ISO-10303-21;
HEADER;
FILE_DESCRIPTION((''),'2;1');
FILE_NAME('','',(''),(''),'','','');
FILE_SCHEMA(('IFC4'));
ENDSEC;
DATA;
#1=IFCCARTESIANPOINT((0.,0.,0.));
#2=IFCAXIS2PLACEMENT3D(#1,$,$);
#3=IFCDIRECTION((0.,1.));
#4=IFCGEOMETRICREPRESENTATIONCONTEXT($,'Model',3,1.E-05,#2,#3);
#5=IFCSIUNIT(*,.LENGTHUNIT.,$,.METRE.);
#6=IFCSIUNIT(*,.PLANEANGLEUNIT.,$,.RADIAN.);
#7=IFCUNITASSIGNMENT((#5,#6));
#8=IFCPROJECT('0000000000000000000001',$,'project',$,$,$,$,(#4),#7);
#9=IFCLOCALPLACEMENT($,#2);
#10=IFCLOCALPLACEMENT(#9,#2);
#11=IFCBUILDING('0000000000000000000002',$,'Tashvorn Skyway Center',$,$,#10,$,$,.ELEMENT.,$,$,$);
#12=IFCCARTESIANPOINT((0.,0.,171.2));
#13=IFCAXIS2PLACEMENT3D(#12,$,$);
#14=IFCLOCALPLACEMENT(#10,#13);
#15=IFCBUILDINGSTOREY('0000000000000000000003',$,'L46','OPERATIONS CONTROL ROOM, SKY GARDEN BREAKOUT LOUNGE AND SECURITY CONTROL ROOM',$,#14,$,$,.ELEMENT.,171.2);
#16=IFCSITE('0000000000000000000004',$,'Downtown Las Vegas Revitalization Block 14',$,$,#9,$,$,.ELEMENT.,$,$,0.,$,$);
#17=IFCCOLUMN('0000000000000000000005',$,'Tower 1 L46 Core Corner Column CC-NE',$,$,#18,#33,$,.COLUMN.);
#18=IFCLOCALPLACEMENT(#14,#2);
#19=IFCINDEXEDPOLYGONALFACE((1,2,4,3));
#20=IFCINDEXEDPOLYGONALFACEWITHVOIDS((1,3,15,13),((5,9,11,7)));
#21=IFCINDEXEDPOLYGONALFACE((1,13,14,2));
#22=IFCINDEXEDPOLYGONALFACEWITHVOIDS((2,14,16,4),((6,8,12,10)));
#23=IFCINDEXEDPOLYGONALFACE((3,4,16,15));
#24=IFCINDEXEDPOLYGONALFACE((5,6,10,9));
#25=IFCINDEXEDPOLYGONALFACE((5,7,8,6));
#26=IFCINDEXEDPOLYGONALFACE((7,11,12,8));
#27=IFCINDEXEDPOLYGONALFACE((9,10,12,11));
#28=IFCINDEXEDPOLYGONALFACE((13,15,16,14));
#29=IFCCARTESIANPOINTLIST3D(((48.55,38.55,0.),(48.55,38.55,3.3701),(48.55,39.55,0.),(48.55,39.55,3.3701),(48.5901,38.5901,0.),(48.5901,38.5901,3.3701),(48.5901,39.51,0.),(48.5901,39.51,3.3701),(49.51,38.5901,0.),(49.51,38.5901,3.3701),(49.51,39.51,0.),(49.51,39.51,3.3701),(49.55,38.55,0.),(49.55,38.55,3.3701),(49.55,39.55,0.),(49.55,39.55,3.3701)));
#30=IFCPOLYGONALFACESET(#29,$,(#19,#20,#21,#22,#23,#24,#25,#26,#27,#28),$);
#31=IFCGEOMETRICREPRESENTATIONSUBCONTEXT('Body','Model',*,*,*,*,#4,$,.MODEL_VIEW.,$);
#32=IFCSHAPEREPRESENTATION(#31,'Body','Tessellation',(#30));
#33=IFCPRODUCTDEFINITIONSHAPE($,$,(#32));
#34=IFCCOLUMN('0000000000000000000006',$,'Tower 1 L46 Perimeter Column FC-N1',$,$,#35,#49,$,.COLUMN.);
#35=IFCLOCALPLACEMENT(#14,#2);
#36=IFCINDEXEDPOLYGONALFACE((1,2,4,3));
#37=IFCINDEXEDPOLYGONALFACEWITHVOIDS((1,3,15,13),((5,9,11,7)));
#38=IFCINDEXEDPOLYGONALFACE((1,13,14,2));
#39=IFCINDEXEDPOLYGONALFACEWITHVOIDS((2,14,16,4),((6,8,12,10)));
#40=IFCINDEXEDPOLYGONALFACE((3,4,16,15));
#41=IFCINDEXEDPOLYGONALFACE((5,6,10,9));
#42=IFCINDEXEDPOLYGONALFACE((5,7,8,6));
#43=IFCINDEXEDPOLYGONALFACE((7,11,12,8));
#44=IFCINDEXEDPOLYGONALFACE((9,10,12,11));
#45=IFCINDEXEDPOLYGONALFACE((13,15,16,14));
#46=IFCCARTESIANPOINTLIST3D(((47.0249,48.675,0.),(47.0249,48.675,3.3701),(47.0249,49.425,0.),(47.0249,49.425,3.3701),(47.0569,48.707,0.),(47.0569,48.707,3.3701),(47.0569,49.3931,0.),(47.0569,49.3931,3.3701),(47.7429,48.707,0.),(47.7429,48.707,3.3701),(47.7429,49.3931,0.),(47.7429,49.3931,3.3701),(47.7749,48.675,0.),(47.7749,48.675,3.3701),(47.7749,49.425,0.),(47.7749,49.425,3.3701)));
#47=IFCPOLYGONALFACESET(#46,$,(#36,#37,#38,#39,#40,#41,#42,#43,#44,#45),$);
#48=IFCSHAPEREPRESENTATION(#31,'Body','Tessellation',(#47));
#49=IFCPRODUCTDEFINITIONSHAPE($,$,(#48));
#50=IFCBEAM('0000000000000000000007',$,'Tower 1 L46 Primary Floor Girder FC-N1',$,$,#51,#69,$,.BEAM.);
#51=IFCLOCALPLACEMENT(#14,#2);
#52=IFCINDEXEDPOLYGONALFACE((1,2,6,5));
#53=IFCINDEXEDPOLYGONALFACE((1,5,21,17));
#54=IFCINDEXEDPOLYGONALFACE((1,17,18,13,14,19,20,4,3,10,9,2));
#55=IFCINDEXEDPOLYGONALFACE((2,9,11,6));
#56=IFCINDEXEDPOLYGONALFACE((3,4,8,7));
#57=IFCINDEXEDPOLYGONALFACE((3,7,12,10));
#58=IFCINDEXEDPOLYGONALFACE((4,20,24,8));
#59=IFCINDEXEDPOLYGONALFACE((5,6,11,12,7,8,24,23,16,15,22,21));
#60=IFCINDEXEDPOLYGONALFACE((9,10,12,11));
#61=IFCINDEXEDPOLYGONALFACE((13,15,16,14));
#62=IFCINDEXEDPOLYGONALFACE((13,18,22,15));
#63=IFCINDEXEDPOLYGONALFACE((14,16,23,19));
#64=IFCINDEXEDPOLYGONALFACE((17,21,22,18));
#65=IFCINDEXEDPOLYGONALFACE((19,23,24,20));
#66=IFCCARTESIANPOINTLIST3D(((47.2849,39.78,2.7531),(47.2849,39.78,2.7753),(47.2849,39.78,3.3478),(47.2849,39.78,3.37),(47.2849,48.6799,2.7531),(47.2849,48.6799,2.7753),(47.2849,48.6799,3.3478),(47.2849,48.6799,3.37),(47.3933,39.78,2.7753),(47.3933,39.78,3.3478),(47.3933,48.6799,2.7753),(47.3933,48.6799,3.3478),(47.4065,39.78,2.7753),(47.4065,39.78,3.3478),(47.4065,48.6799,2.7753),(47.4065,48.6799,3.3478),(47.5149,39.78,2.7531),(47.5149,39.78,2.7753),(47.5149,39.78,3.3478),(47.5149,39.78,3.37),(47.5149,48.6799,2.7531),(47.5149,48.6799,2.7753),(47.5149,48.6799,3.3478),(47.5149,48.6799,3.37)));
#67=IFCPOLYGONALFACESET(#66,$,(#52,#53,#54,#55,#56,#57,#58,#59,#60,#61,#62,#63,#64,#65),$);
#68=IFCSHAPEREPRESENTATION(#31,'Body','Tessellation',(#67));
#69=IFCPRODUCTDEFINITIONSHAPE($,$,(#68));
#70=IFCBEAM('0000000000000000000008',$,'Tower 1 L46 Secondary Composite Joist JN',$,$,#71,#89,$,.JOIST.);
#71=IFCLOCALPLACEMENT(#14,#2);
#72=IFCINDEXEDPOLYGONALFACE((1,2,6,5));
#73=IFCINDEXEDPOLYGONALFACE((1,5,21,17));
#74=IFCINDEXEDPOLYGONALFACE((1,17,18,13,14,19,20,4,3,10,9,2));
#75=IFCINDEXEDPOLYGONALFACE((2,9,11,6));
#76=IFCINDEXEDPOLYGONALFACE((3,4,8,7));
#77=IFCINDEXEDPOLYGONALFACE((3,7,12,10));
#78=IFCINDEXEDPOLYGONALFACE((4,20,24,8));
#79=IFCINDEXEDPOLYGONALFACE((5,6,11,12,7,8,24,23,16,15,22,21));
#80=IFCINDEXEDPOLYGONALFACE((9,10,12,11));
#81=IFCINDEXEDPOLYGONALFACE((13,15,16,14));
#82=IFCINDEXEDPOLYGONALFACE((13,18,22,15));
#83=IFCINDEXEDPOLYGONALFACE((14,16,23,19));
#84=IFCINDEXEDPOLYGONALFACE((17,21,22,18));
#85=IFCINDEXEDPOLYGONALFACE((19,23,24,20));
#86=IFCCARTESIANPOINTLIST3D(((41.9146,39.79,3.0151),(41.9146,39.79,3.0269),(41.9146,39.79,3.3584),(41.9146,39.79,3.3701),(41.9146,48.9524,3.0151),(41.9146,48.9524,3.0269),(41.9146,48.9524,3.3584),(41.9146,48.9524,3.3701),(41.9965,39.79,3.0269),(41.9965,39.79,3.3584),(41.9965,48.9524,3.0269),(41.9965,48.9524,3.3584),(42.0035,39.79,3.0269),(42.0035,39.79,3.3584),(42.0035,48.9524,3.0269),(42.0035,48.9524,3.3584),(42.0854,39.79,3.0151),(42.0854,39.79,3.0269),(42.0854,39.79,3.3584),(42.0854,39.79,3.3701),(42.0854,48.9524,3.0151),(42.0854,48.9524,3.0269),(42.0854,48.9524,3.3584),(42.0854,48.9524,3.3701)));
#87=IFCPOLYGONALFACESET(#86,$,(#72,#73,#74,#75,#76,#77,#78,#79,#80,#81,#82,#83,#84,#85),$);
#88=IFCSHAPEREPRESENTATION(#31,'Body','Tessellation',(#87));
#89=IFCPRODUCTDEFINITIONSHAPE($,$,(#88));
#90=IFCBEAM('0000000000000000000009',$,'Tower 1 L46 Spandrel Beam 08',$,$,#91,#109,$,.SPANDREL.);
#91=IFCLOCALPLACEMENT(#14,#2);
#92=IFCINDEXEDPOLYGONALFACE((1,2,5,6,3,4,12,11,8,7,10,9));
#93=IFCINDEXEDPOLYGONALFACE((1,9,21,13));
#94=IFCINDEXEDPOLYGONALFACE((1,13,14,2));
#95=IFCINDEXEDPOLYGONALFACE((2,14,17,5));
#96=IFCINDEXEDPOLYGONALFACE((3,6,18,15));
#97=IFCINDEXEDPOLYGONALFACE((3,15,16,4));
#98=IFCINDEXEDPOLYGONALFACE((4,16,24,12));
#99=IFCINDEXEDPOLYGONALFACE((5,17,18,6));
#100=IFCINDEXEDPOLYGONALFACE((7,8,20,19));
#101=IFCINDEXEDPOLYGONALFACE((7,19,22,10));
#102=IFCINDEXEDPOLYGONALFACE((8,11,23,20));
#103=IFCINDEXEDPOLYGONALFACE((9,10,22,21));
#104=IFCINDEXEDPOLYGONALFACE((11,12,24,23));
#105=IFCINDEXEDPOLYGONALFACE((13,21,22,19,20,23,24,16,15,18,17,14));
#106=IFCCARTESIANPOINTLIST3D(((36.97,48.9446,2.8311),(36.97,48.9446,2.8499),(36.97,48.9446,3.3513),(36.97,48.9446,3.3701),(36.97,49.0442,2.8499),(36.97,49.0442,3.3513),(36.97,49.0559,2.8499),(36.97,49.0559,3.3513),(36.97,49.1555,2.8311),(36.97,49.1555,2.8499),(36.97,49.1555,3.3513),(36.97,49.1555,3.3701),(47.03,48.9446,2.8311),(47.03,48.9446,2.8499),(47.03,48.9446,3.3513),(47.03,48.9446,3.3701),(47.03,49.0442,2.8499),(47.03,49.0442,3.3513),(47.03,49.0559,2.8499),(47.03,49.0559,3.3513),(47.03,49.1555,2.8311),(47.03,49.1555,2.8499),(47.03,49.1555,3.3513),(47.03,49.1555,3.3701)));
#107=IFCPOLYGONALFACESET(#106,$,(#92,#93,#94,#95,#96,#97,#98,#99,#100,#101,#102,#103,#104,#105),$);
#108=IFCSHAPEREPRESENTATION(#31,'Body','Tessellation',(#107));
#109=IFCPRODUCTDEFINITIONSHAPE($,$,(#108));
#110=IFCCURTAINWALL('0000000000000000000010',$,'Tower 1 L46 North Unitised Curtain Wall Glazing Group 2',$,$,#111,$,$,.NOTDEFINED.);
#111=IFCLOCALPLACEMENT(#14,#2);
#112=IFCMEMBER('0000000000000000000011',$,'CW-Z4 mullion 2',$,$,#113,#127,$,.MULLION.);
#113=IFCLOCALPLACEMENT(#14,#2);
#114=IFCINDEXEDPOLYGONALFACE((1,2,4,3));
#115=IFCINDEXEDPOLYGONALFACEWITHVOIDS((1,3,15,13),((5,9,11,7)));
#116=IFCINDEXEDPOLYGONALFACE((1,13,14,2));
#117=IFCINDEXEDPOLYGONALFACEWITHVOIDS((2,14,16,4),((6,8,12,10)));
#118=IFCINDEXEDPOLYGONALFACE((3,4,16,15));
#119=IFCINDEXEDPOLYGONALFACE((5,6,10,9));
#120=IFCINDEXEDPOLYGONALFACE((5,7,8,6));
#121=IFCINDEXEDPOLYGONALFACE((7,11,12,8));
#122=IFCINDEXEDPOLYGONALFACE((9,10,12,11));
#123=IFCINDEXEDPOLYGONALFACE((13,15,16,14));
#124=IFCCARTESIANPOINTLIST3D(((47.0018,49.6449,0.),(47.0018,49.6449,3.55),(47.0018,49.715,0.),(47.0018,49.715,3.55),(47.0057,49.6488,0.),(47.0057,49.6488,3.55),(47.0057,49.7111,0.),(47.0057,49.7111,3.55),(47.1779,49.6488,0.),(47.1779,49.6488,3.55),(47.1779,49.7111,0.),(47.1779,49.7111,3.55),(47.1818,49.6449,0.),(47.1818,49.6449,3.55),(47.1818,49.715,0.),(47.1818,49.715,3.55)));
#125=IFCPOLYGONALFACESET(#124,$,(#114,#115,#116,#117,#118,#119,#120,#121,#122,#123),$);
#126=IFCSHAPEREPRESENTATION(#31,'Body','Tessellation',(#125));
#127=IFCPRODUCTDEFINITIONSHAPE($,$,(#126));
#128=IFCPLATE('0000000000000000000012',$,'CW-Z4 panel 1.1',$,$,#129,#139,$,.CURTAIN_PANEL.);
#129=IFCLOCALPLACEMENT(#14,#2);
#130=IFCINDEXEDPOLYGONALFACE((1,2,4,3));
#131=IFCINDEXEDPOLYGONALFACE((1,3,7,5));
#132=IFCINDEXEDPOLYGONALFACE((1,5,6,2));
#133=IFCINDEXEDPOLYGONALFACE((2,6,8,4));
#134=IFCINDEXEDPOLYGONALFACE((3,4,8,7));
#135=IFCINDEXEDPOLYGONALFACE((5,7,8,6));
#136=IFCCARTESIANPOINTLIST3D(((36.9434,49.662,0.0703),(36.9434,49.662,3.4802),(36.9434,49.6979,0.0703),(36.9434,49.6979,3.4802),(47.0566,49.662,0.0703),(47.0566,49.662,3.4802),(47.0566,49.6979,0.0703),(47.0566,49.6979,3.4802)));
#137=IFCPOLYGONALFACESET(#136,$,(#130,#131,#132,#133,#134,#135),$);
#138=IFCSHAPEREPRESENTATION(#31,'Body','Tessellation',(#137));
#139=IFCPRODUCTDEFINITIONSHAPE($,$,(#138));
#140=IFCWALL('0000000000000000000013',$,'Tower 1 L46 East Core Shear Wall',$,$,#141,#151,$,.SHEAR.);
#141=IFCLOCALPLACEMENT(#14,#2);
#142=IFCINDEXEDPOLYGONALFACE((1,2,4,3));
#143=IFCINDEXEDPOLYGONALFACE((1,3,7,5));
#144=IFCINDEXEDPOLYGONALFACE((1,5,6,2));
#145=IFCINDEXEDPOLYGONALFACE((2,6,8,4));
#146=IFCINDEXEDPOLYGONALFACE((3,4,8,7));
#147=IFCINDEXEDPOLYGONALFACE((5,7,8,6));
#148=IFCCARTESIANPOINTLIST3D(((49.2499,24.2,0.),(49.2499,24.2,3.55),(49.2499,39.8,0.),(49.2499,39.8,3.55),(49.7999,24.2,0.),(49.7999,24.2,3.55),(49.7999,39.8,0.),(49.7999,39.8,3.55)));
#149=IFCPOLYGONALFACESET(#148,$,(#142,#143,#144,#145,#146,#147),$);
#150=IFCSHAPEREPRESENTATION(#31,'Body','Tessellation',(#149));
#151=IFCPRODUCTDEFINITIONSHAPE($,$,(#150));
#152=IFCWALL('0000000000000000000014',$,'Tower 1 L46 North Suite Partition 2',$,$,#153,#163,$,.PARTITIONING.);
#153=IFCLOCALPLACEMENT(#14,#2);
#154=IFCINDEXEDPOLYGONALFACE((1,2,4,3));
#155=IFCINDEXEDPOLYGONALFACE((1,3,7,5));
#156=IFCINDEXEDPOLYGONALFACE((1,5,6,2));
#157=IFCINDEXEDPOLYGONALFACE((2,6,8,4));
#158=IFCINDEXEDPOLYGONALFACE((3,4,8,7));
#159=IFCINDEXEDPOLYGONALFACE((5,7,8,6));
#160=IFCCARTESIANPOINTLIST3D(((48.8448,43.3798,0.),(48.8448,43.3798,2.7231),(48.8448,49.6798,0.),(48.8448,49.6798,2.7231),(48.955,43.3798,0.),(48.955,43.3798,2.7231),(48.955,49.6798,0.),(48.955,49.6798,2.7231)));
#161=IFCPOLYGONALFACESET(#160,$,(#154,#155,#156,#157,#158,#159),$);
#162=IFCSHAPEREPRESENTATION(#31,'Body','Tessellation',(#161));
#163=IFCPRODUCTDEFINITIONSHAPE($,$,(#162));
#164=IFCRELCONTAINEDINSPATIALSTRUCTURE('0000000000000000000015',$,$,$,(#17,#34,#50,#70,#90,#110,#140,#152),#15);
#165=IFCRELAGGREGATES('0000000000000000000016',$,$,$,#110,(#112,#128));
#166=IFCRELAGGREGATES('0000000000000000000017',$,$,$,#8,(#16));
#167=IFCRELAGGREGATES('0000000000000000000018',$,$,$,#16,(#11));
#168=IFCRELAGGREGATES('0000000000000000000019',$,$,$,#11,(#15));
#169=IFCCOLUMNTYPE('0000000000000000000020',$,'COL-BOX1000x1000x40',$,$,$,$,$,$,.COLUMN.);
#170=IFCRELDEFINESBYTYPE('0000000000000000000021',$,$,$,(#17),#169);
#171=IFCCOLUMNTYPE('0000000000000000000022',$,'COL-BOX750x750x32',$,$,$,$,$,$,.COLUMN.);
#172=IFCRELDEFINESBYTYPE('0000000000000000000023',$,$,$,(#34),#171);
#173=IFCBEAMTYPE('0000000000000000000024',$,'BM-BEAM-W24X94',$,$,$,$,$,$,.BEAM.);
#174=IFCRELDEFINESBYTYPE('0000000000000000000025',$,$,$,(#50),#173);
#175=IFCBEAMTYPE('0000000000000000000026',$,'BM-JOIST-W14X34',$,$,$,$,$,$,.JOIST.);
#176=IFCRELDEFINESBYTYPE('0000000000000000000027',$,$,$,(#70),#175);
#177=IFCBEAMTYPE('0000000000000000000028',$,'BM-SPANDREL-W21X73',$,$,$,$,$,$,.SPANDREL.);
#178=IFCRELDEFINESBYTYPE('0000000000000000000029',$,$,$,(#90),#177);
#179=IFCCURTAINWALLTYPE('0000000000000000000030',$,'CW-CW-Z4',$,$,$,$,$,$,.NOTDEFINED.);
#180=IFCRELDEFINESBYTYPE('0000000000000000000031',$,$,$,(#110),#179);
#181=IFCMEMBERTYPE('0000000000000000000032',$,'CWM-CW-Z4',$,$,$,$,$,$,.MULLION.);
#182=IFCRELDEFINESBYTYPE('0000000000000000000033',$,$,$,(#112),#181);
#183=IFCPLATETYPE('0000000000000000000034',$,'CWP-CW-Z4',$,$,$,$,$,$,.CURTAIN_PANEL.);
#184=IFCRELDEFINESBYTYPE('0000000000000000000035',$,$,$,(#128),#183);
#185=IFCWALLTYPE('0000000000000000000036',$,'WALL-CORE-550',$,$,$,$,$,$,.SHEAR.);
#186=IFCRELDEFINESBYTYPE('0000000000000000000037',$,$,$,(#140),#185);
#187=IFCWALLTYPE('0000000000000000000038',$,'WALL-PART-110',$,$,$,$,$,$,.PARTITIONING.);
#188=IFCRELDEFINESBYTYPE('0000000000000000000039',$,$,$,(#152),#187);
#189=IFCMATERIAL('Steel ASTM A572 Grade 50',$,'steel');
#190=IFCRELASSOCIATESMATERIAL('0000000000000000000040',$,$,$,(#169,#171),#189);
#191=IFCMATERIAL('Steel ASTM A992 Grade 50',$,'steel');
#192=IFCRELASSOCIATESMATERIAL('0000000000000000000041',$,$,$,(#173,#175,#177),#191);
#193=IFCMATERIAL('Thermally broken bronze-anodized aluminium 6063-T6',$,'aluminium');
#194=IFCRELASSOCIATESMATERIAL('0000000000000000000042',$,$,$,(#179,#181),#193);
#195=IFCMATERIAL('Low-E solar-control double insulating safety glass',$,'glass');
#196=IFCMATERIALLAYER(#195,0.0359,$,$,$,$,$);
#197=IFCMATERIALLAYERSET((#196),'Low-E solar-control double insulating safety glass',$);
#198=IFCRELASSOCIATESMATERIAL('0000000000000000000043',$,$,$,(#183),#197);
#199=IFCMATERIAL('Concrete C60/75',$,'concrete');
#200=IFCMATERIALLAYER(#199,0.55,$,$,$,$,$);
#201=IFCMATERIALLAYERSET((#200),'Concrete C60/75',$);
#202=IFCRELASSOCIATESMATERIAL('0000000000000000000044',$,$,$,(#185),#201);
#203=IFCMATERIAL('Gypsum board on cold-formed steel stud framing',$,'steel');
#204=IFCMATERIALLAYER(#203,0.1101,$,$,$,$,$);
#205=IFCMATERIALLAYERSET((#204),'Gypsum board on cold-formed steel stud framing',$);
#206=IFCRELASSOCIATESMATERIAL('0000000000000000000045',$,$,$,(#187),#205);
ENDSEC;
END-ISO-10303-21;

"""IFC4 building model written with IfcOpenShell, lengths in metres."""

from ifc_helpers import new_model, si_unit, direction, frame, frame_2d, origin, origin_2d, place, context, subcontext, project, spatial, rectangle, hollow_rectangle, i_section, extrude, material, layer, layer_set, material_profile, profile_set, type_object, element, aggregate, save


model = new_model("IFC4")

# Units and contexts
model_context = context("Model", 3, precision=1e-05, world=origin(), true_north=direction((0.0, 1.0)))
body_context = subcontext(model_context, "Body", "Model", "MODEL_VIEW")
ifc_project = project(units=[si_unit("LENGTHUNIT", "METRE"), si_unit("PLANEANGLEUNIT", "RADIAN")], contexts=[model_context])

# Site, building, storey
site_placement = place(None, origin())
site = spatial("IfcSite", under=ifc_project, at=site_placement, Name="Downtown Las Vegas Revitalization Block 14", CompositionType="ELEMENT", RefElevation=0.0)
building_placement = place(site_placement, origin())
building = spatial("IfcBuilding", under=site, at=building_placement, Name="Tashvorn Skyway Center", CompositionType="ELEMENT")
storey_placement = place(building_placement, frame((0.0, 0.0, 171.2)))
storey = spatial("IfcBuildingStorey", under=building, at=storey_placement, Name="L46", Description="OPERATIONS CONTROL ROOM, SKY GARDEN BREAKOUT LOUNGE AND SECURITY CONTROL ROOM", CompositionType="ELEMENT", Elevation=171.2)

# Columns
ifc_material_1 = material(Name="Steel ASTM A572 Grade 50", Category="steel")
ifc_material_profile_1 = material_profile(ifc_material_1, hollow_rectangle(XDim=1.0, YDim=1.0, WallThickness=0.04, at=origin_2d()), Name="BOX1000x1000x40")
ifc_profile_set_1 = profile_set([ifc_material_profile_1], Name="Steel ASTM A572 Grade 50")
column_type_1 = type_object("IfcColumnType", Name="COL-BOX1000x1000x40", PredefinedType="COLUMN", material=ifc_profile_set_1)
column_1_placement = place(storey_placement, frame((49.05, 39.05, 0.0), z_axis=(0.0, 0.0, 1.0), x_axis=(1.0, 0.0, 0.0)))
element("IfcColumn", 1, at=column_1_placement, inside=storey, type_object=column_type_1, Name="Tower 1 L46 Core Corner Column CC-NE", PredefinedType="COLUMN", context=body_context, shape_type="SweptSolid", body=[
    extrude(hollow_rectangle(XDim=1.0, YDim=1.0, WallThickness=0.04, at=origin_2d()), origin(), (0.0, 0.0, 1.0), 3.3701),
])
ifc_material_profile_2 = material_profile(ifc_material_1, hollow_rectangle(XDim=0.75, YDim=0.75, WallThickness=0.032, at=origin_2d()), Name="BOX750x750x32")
ifc_profile_set_2 = profile_set([ifc_material_profile_2], Name="Steel ASTM A572 Grade 50")
column_type_2 = type_object("IfcColumnType", Name="COL-BOX750x750x32", PredefinedType="COLUMN", material=ifc_profile_set_2)
column_2_placement = place(storey_placement, frame((47.3999, 49.05, 0.0), z_axis=(0.0, 0.0, 1.0), x_axis=(1.0, 0.0, 0.0)))
element("IfcColumn", 2, at=column_2_placement, inside=storey, type_object=column_type_2, Name="Tower 1 L46 Perimeter Column FC-N1", PredefinedType="COLUMN", context=body_context, shape_type="SweptSolid", body=[
    extrude(hollow_rectangle(XDim=0.75, YDim=0.75, WallThickness=0.032, at=origin_2d()), origin(), (0.0, 0.0, 1.0), 3.3701),
])

# Beams
ifc_material_2 = material(Name="Steel ASTM A992 Grade 50", Category="steel")
ifc_material_profile_3 = material_profile(ifc_material_2, i_section(OverallWidth=0.23, OverallDepth=0.6169, WebThickness=0.0132, FlangeThickness=0.0222, at=origin_2d()), Name="W24X94")
ifc_profile_set_3 = profile_set([ifc_material_profile_3], Name="Steel ASTM A992 Grade 50")
beam_type_1 = type_object("IfcBeamType", Name="BM-BEAM-W24X94", PredefinedType="BEAM", material=ifc_profile_set_3)
beam_1_placement = place(storey_placement, frame((47.3999, 48.6799, 3.0615), z_axis=(0.0, -1.0, 0.0), x_axis=(1.0, 0.0, 0.0)))
element("IfcBeam", 3, at=beam_1_placement, inside=storey, type_object=beam_type_1, Name="Tower 1 L46 Primary Floor Girder FC-N1", PredefinedType="BEAM", context=body_context, shape_type="SweptSolid", body=[
    extrude(i_section(OverallWidth=0.23, OverallDepth=0.6169, WebThickness=0.0132, FlangeThickness=0.0222, at=origin_2d()), origin(), (0.0, 0.0, 1.0), 8.8999),
])
ifc_material_profile_4 = material_profile(ifc_material_2, i_section(OverallWidth=0.1709, OverallDepth=0.355, WebThickness=0.0071, FlangeThickness=0.0117, at=origin_2d()), Name="W14X34")
ifc_profile_set_4 = profile_set([ifc_material_profile_4], Name="Steel ASTM A992 Grade 50")
beam_type_2 = type_object("IfcBeamType", Name="BM-JOIST-W14X34", PredefinedType="JOIST", material=ifc_profile_set_4)
beam_2_placement = place(storey_placement, frame((42.0, 39.79, 3.1926), z_axis=(0.0, 1.0, 0.0), x_axis=(-1.0, 0.0, 0.0)))
element("IfcBeam", 4, at=beam_2_placement, inside=storey, type_object=beam_type_2, Name="Tower 1 L46 Secondary Composite Joist JN", PredefinedType="JOIST", context=body_context, shape_type="SweptSolid", body=[
    extrude(i_section(OverallWidth=0.1709, OverallDepth=0.355, WebThickness=0.0071, FlangeThickness=0.0117, at=origin_2d()), origin(), (0.0, 0.0, 1.0), 9.1624),
])
ifc_material_profile_5 = material_profile(ifc_material_2, i_section(OverallWidth=0.2109, OverallDepth=0.5391, WebThickness=0.0117, FlangeThickness=0.0188, at=origin_2d()), Name="W21X73")
ifc_profile_set_5 = profile_set([ifc_material_profile_5], Name="Steel ASTM A992 Grade 50")
beam_type_3 = type_object("IfcBeamType", Name="BM-SPANDREL-W21X73", PredefinedType="SPANDREL", material=ifc_profile_set_5)
beam_3_placement = place(storey_placement, frame((47.03, 49.05, 3.1006), z_axis=(-1.0, 0.0, 0.0), x_axis=(0.0, -1.0, 0.0)))
element("IfcBeam", 5, at=beam_3_placement, inside=storey, type_object=beam_type_3, Name="Tower 1 L46 Spandrel Beam 08", PredefinedType="SPANDREL", context=body_context, shape_type="SweptSolid", body=[
    extrude(i_section(OverallWidth=0.2109, OverallDepth=0.5391, WebThickness=0.0117, FlangeThickness=0.0188, at=origin_2d()), origin(), (0.0, 0.0, 1.0), 10.0601),
])

# Curtain wall, member, plate
ifc_material_3 = material(Name="Thermally broken bronze-anodized aluminium 6063-T6", Category="aluminium")
curtain_wall_type = type_object("IfcCurtainWallType", Name="CW-CW-Z4", PredefinedType="NOTDEFINED", material=ifc_material_3)
curtain_wall_placement = place(storey_placement, origin())
curtain_wall = element("IfcCurtainWall", 6, at=curtain_wall_placement, inside=storey, type_object=curtain_wall_type, Name="Tower 1 L46 North Unitised Curtain Wall Glazing Group 2", PredefinedType="NOTDEFINED")
ifc_material_profile_6 = material_profile(ifc_material_3, hollow_rectangle(XDim=0.0701, YDim=0.1799, WallThickness=0.0039, at=origin_2d()), Name="ALU-MULL-70x180")
ifc_profile_set_6 = profile_set([ifc_material_profile_6], Name="Thermally broken bronze-anodized aluminium 6063-T6")
member_type = type_object("IfcMemberType", Name="CWM-CW-Z4", PredefinedType="MULLION", material=ifc_profile_set_6)
member_placement = place(storey_placement, frame((47.0918, 49.6799, 0.0), z_axis=(0.0, 0.0, 1.0), x_axis=(0.0, 1.0, 0.0)))
member = element("IfcMember", 7, at=member_placement, type_object=member_type, Name="CW-Z4 mullion 2", PredefinedType="MULLION", context=body_context, shape_type="SweptSolid", body=[
    extrude(hollow_rectangle(XDim=0.0701, YDim=0.1799, WallThickness=0.0039, at=origin_2d()), origin(), (0.0, 0.0, 1.0), 3.55),
])
ifc_material_4 = material(Name="Low-E solar-control double insulating safety glass", Category="glass")
ifc_layer_1 = layer(ifc_material_4, 0.0359)
ifc_layer_set_1 = layer_set([ifc_layer_1], Name="Low-E solar-control double insulating safety glass")
plate_type = type_object("IfcPlateType", Name="CWP-CW-Z4", PredefinedType="CURTAIN_PANEL", material=ifc_layer_set_1)
plate_placement = place(storey_placement, frame((42.0, 49.6799, 0.0703), z_axis=(0.0, 0.0, 1.0), x_axis=(1.0, 0.0, 0.0)))
plate = element("IfcPlate", 8, at=plate_placement, type_object=plate_type, Name="CW-Z4 panel 1.1", PredefinedType="CURTAIN_PANEL", context=body_context, shape_type="SweptSolid", body=[
    extrude(rectangle(XDim=10.1133, YDim=0.0359, at=origin_2d()), origin(), (0.0, 0.0, 1.0), 3.4099),
])
aggregate(curtain_wall, [member, plate])

# Walls
ifc_material_5 = material(Name="Concrete C60/75", Category="concrete")
ifc_layer_2 = layer(ifc_material_5, 0.55)
ifc_layer_set_2 = layer_set([ifc_layer_2], Name="Concrete C60/75")
wall_type_1 = type_object("IfcWallType", Name="WALL-CORE-550", PredefinedType="SHEAR", material=ifc_layer_set_2)
wall_1_placement = place(storey_placement, frame((49.5249, 39.8, 0.0), z_axis=(0.0, 0.0, 1.0), x_axis=(0.0, -1.0, 0.0)))
element("IfcWall", 9, at=wall_1_placement, inside=storey, type_object=wall_type_1, Name="Tower 1 L46 East Core Shear Wall", PredefinedType="SHEAR", context=body_context, shape_type="SweptSolid", body=[
    extrude(rectangle(XDim=15.6001, YDim=0.55, at=frame_2d((7.8, 0.0))), origin(), (0.0, 0.0, 1.0), 3.55),
])
ifc_material_6 = material(Name="Gypsum board on cold-formed steel stud framing", Category="steel")
ifc_layer_3 = layer(ifc_material_6, 0.1101)
ifc_layer_set_3 = layer_set([ifc_layer_3], Name="Gypsum board on cold-formed steel stud framing")
wall_type_2 = type_object("IfcWallType", Name="WALL-PART-110", PredefinedType="PARTITIONING", material=ifc_layer_set_3)
wall_2_placement = place(storey_placement, frame((48.8999, 43.3799, 0.0), z_axis=(0.0, 0.0, 1.0), x_axis=(0.0, 1.0, 0.0)))
element("IfcWall", 10, at=wall_2_placement, inside=storey, type_object=wall_type_2, Name="Tower 1 L46 North Suite Partition 2", PredefinedType="PARTITIONING", context=body_context, shape_type="SweptSolid", body=[
    extrude(rectangle(XDim=6.3, YDim=0.1101, at=frame_2d((3.1499, 0.0))), origin(), (0.0, 0.0, 1.0), 2.7231),
])

save(model, "model.ifc")
